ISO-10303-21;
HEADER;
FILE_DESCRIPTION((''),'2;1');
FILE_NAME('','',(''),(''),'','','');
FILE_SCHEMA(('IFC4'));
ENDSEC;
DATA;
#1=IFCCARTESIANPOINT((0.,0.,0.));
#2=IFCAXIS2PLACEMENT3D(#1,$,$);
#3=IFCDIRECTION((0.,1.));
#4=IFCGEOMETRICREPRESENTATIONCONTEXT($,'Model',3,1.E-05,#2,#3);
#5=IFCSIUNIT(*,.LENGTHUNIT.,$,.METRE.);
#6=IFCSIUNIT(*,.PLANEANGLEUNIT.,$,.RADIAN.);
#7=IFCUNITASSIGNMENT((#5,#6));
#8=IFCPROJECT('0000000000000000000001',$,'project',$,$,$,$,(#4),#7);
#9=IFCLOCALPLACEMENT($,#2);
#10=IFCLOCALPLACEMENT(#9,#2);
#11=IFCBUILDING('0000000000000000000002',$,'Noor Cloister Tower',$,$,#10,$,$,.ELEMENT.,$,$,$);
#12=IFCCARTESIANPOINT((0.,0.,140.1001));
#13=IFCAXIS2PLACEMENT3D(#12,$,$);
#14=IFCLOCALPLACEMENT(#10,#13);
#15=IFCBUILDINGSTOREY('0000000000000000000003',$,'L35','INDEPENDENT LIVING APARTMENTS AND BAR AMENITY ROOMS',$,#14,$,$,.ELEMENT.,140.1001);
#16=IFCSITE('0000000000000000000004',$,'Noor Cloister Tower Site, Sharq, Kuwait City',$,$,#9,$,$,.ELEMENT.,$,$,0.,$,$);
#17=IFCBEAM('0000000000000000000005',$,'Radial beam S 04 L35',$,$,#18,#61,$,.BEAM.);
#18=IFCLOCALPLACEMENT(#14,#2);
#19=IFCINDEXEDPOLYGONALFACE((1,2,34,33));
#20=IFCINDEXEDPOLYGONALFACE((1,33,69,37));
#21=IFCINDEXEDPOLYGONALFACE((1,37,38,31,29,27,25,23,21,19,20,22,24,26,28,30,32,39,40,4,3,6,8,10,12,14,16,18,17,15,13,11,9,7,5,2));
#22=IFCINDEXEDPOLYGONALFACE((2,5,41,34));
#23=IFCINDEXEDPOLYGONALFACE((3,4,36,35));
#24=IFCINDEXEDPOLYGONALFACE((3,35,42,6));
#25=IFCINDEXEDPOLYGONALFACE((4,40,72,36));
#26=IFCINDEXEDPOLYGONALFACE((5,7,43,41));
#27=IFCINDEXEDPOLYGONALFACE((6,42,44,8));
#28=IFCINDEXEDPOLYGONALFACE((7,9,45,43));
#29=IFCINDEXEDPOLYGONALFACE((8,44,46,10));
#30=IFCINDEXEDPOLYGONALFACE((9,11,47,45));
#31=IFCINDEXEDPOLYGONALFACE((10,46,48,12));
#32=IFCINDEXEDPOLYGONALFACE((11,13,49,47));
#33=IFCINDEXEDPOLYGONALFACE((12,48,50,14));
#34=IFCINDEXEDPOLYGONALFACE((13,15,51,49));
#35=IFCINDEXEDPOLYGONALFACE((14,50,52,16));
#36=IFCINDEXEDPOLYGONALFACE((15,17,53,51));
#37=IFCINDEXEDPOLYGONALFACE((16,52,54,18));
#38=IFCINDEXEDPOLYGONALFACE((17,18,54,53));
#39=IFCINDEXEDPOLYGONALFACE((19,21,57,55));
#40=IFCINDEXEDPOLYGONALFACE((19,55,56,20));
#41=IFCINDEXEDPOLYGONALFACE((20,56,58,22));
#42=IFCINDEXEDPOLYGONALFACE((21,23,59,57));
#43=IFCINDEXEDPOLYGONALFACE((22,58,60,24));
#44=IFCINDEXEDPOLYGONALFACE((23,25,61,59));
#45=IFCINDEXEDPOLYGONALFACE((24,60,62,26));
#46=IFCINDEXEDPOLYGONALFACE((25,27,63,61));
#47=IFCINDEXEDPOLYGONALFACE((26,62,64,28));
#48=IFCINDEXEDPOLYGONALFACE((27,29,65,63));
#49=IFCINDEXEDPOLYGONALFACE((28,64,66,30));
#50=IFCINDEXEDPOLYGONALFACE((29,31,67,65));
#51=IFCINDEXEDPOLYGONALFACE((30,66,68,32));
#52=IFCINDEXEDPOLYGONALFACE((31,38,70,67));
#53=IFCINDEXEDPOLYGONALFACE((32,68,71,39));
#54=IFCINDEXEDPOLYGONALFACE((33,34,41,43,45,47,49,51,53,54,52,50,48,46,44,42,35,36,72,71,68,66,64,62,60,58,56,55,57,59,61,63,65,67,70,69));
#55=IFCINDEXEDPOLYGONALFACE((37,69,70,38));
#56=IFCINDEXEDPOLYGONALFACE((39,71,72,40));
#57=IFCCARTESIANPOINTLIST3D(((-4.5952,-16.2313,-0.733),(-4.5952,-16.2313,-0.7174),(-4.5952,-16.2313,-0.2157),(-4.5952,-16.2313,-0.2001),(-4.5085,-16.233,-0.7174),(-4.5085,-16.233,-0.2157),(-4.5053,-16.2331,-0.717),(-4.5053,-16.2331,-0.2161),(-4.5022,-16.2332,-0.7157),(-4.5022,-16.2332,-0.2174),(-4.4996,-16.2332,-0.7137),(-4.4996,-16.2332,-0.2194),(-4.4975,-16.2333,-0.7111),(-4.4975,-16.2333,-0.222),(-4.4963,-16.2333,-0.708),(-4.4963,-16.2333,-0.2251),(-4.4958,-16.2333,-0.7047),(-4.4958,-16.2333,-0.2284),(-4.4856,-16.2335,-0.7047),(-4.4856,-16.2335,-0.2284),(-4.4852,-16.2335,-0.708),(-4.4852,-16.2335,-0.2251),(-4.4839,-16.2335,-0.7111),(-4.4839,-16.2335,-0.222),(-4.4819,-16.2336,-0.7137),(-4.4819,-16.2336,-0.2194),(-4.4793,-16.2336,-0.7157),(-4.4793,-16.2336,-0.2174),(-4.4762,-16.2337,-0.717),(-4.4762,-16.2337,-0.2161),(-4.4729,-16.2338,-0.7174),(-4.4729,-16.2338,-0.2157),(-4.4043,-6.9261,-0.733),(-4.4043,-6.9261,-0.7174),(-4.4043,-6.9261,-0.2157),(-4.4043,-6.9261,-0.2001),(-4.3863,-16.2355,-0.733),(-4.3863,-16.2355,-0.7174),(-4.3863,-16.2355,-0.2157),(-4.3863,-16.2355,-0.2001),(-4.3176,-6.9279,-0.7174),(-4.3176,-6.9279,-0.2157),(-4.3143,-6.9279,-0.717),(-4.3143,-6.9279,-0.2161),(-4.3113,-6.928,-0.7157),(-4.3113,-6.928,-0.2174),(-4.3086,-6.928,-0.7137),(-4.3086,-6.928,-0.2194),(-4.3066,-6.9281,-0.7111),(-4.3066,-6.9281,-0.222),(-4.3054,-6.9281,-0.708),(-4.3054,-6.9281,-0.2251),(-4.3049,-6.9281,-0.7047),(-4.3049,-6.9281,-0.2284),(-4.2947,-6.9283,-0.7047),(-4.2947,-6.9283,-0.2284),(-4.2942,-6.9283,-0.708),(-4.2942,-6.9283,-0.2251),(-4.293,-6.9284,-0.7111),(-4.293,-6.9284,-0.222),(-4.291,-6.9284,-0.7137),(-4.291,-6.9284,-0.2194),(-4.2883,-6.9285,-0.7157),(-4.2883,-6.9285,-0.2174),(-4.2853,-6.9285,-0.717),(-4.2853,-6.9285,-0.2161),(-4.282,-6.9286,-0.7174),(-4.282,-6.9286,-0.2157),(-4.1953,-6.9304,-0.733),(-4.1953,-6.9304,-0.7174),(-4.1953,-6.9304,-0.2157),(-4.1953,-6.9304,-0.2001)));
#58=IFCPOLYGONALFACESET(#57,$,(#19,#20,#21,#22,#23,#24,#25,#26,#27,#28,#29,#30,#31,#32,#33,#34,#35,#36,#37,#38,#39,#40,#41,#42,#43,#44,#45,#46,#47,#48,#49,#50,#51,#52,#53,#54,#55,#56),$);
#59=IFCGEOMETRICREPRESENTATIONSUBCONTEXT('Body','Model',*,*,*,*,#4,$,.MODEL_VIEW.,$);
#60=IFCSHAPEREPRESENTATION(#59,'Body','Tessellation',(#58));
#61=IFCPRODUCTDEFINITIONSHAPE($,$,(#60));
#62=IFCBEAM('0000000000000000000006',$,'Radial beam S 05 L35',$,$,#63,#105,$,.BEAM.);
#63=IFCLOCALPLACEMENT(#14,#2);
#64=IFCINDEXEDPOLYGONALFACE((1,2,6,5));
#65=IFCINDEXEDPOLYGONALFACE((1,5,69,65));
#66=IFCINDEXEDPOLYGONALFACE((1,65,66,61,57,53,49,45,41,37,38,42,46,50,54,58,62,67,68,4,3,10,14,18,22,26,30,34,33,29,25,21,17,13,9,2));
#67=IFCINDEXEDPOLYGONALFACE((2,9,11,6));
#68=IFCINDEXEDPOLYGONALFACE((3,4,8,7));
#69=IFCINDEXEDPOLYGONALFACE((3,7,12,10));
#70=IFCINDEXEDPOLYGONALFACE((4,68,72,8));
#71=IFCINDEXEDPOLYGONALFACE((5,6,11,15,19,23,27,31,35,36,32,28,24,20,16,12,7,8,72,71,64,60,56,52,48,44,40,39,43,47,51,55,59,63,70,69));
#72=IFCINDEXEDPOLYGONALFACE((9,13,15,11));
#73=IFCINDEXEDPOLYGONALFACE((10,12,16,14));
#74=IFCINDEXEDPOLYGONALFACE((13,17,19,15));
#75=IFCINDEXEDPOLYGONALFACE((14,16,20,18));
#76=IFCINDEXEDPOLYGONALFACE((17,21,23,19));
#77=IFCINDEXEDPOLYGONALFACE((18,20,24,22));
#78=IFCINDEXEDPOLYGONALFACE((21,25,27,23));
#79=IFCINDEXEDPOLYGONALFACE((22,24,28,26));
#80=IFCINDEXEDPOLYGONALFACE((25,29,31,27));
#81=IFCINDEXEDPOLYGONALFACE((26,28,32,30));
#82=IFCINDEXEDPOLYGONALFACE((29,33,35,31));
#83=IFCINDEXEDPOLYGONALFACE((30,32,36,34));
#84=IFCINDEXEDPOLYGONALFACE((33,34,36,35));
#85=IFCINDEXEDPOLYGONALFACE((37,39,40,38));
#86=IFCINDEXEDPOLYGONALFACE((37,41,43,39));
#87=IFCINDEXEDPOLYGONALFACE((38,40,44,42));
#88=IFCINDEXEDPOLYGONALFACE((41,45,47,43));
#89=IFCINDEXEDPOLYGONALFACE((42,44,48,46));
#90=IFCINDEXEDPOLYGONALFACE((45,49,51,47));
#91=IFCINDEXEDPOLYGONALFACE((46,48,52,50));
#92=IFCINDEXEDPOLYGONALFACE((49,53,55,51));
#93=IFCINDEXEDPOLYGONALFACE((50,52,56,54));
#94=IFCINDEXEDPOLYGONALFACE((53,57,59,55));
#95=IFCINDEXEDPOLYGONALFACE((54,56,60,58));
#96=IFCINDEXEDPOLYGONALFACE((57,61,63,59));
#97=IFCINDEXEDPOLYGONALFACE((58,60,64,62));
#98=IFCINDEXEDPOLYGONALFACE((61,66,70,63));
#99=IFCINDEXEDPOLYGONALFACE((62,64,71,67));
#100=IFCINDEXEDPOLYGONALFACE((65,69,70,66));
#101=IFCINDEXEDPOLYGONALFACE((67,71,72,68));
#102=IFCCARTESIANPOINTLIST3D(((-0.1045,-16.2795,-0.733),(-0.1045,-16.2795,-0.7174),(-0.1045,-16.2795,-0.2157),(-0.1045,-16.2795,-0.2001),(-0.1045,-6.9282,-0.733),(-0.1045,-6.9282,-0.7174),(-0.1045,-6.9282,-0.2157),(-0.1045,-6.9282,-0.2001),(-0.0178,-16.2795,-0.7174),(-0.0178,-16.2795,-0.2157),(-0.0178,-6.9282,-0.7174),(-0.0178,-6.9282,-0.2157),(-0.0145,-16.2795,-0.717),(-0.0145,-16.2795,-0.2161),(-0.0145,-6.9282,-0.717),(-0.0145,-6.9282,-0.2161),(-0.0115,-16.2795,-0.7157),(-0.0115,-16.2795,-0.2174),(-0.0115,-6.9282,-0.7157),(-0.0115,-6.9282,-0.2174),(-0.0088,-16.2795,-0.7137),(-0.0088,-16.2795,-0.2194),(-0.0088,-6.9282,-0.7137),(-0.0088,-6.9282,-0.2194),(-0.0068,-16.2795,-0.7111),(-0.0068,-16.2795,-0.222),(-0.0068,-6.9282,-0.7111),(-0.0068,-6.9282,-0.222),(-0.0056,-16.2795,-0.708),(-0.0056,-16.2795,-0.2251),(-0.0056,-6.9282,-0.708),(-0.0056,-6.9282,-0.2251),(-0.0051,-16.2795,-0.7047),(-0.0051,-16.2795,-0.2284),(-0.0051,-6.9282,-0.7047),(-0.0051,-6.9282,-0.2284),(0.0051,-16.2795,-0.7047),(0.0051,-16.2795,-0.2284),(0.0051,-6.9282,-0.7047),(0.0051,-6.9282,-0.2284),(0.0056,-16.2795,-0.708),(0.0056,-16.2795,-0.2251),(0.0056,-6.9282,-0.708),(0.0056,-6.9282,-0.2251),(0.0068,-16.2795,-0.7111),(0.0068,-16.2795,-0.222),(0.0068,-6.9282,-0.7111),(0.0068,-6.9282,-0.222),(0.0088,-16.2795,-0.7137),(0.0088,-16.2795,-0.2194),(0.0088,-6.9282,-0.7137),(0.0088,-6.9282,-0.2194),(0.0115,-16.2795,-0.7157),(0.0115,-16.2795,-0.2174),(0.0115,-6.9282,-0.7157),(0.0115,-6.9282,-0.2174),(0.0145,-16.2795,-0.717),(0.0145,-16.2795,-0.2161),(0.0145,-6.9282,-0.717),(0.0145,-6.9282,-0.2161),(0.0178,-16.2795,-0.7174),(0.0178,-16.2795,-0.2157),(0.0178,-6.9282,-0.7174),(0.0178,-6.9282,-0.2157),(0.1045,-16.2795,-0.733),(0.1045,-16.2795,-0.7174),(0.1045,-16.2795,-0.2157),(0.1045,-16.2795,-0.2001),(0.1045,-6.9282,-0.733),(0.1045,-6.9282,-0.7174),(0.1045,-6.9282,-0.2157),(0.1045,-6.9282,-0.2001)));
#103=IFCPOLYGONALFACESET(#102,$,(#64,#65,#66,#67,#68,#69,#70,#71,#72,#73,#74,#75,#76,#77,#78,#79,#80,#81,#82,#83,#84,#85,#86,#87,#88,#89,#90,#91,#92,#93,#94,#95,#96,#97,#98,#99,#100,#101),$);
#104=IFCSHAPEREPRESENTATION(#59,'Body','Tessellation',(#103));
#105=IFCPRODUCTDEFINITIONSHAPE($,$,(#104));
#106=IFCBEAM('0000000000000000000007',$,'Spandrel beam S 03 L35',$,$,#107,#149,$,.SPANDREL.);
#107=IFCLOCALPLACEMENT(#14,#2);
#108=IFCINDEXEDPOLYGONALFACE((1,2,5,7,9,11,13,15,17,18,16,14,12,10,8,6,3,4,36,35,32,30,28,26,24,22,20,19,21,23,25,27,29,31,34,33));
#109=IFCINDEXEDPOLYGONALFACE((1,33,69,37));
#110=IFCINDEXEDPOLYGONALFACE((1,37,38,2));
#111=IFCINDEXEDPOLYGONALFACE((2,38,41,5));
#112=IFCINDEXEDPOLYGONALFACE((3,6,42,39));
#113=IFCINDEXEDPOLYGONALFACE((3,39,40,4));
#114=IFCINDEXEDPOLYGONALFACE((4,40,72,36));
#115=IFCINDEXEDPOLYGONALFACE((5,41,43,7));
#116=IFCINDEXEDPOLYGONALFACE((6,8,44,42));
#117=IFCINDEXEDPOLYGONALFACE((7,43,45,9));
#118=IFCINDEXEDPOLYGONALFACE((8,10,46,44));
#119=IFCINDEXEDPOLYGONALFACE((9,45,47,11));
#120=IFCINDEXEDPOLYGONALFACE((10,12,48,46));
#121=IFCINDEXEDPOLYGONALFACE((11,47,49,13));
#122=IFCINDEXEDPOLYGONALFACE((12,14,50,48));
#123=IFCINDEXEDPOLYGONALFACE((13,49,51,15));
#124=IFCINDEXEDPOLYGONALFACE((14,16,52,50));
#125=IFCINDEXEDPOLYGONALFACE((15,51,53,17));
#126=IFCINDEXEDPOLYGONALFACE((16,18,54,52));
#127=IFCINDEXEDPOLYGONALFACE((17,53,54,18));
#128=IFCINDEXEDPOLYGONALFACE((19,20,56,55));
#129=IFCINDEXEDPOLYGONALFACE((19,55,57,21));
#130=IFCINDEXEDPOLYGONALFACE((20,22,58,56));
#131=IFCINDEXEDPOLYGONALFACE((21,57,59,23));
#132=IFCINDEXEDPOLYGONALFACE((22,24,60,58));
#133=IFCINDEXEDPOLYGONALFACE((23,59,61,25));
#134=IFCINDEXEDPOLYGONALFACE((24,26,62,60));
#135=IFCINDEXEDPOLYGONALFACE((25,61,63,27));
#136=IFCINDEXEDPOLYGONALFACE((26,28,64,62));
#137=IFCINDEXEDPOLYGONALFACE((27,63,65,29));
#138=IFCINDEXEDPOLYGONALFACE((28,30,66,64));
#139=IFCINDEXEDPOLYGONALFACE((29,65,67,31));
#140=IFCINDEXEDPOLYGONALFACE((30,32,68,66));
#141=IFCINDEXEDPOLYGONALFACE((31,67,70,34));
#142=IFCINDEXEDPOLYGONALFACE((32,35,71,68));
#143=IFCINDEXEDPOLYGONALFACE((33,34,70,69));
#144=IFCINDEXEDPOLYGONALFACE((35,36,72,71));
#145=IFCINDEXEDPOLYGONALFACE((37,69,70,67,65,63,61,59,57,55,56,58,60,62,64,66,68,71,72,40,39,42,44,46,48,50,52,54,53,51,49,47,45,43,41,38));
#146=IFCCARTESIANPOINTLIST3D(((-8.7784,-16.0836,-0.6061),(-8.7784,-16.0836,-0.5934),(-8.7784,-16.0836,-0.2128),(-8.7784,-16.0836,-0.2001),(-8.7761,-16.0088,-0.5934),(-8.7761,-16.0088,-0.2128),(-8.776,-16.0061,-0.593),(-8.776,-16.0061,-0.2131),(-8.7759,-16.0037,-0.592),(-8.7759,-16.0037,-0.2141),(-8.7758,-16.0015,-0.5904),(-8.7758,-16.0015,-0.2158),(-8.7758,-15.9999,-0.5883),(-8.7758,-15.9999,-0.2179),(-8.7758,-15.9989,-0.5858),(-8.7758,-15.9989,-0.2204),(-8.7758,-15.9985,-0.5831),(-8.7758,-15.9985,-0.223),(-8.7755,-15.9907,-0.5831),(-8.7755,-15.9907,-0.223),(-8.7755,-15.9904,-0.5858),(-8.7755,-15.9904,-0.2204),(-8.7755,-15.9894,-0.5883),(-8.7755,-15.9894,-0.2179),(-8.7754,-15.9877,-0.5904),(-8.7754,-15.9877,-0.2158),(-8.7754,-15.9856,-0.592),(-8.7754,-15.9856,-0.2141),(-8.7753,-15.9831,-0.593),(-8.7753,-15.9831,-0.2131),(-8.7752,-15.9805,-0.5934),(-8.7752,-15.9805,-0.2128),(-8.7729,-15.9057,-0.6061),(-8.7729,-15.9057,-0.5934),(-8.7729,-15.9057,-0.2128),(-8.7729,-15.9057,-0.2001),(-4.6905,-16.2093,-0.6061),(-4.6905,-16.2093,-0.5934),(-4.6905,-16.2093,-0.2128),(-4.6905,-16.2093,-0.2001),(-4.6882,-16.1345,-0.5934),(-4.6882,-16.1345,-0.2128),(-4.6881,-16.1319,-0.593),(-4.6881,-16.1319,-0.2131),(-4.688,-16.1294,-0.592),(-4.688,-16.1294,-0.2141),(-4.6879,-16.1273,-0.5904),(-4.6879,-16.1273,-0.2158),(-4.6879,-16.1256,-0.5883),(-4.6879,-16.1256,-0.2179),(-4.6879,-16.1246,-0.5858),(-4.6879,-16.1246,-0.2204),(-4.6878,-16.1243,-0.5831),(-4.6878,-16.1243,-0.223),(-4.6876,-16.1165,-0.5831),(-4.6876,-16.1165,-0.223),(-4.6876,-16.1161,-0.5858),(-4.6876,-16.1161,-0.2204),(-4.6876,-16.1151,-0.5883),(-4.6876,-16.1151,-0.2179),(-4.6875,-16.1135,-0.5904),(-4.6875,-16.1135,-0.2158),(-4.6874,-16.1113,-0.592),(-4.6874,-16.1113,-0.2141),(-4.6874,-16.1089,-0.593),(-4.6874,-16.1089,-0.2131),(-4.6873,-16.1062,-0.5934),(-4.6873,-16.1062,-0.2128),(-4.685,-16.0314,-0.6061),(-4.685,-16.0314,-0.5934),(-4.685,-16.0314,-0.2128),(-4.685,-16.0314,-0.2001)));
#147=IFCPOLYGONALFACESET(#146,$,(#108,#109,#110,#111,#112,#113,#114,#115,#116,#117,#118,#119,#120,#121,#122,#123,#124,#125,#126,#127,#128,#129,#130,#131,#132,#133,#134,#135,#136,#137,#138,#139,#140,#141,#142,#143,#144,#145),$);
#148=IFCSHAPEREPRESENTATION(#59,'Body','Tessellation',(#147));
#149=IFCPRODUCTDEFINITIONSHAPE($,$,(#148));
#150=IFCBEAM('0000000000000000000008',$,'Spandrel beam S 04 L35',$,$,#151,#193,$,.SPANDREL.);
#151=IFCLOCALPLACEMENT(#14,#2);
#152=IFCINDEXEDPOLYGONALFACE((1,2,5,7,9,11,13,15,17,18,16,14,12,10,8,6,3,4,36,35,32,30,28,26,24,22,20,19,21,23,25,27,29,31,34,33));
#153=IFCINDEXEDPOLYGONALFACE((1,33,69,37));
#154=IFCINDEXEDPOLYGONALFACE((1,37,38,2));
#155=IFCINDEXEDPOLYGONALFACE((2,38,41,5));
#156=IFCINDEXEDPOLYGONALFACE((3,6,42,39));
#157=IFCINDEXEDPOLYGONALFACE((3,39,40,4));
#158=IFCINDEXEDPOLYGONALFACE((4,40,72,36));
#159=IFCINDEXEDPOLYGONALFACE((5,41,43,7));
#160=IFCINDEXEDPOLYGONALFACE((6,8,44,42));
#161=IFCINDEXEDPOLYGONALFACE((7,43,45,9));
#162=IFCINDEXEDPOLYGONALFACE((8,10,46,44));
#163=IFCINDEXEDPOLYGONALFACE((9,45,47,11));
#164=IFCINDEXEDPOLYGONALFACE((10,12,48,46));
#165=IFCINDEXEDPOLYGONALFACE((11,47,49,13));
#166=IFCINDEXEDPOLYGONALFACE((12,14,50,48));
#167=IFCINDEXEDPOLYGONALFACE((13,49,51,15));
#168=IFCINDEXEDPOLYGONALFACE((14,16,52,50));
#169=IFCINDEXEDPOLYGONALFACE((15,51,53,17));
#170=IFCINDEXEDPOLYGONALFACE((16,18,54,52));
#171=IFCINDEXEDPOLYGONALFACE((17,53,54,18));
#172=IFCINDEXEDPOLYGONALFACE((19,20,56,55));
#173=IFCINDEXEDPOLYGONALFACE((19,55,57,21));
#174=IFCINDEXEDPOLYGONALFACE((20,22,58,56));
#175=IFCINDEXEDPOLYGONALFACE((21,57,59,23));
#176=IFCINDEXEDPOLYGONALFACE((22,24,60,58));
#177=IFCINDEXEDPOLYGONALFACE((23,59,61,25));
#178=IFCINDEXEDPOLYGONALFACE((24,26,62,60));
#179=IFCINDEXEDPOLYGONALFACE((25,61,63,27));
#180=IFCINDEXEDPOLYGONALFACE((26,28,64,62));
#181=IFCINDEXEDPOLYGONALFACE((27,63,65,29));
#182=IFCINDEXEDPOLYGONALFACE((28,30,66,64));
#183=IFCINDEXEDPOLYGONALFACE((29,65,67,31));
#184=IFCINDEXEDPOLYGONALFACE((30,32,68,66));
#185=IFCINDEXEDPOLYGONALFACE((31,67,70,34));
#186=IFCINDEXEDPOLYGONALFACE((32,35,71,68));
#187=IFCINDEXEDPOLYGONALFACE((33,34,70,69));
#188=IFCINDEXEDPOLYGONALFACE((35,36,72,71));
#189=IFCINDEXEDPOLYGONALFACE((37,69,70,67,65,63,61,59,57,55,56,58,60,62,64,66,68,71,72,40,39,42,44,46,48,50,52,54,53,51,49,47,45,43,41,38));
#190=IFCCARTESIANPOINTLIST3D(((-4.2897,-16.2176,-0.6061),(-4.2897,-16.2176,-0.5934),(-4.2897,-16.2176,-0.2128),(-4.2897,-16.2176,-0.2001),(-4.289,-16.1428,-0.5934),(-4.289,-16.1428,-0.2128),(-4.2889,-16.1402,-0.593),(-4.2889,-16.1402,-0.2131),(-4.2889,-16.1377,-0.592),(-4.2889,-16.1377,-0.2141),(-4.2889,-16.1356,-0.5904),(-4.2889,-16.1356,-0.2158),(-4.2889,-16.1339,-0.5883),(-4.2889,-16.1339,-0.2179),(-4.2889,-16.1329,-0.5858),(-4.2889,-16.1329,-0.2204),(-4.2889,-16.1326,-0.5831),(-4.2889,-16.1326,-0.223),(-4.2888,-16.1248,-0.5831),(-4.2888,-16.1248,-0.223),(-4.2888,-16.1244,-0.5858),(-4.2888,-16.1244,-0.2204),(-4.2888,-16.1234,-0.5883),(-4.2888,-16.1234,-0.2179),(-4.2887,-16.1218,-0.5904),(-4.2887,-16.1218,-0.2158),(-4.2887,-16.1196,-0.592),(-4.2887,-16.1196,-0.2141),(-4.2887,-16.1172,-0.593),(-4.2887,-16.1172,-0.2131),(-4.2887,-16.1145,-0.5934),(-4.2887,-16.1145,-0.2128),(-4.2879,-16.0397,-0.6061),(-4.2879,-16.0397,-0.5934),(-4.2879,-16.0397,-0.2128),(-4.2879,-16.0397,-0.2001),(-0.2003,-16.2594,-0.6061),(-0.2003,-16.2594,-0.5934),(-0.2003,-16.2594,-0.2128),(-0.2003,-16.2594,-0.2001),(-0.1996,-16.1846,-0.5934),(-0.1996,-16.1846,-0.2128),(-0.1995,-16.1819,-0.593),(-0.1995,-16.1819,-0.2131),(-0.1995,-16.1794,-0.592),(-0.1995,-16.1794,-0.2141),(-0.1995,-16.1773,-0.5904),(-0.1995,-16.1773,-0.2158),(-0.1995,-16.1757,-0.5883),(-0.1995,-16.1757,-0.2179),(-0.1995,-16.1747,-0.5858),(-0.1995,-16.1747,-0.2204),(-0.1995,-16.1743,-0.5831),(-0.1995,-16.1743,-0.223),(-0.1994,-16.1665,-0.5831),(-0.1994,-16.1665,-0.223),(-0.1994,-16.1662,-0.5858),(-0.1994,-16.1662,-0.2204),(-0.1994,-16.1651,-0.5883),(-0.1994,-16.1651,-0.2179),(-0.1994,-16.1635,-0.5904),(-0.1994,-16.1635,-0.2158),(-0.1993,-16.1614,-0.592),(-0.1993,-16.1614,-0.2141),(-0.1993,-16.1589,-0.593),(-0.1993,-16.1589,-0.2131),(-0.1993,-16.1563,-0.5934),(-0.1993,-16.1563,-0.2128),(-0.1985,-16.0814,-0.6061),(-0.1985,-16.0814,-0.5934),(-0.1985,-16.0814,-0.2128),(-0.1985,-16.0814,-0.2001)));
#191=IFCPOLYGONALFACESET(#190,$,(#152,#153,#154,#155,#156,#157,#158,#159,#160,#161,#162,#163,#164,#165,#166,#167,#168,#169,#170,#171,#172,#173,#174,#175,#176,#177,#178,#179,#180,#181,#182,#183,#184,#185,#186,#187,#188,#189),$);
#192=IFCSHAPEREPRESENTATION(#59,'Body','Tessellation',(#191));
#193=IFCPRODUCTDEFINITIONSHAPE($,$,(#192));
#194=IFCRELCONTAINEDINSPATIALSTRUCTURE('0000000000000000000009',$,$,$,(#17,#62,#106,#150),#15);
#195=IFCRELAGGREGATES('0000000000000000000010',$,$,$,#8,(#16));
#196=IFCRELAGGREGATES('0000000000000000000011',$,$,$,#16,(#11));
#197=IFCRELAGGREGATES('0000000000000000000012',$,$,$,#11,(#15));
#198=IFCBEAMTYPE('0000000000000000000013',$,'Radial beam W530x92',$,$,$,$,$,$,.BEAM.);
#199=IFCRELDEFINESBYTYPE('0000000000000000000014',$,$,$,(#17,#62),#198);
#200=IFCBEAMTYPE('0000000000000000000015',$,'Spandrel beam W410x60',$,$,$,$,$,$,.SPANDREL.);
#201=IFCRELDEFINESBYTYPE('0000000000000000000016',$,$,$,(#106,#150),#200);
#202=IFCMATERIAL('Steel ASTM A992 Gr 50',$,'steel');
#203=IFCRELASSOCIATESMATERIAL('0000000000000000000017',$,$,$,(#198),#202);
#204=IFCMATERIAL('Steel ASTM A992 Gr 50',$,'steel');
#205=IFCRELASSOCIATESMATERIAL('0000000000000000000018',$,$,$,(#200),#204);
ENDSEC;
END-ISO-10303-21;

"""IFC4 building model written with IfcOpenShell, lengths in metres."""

from ifc_helpers import new_model, si_unit, direction, frame, origin, origin_2d, place, context, subcontext, project, spatial, i_section, extrude, material, material_profile, profile_set, type_object, element, save


model = new_model("IFC4")

# Units and contexts
model_context = context("Model", 3, precision=1e-05, world=origin(), true_north=direction((0.0, 1.0)))
body_context = subcontext(model_context, "Body", "Model", "MODEL_VIEW")
ifc_project = project(units=[si_unit("LENGTHUNIT", "METRE"), si_unit("PLANEANGLEUNIT", "RADIAN")], contexts=[model_context])

# Site, building, storey
site_placement = place(None, origin())
site = spatial("IfcSite", under=ifc_project, at=site_placement, Name="Noor Cloister Tower Site, Sharq, Kuwait City", CompositionType="ELEMENT", RefElevation=0.0)
building_placement = place(site_placement, origin())
building = spatial("IfcBuilding", under=site, at=building_placement, Name="Noor Cloister Tower", CompositionType="ELEMENT")
storey_placement = place(building_placement, frame((0.0, 0.0, 140.1001)))
storey = spatial("IfcBuildingStorey", under=building, at=storey_placement, Name="L35", Description="INDEPENDENT LIVING APARTMENTS AND BAR AMENITY ROOMS", CompositionType="ELEMENT", Elevation=140.1001)

# Beams
ifc_material_1 = material(Name="Steel ASTM A992 Gr 50", Category="steel")
ifc_material_profile_1 = material_profile(ifc_material_1, i_section(OverallWidth=0.209, OverallDepth=0.533, WebThickness=0.0103, FlangeThickness=0.0156, FilletRadius=0.0127, at=origin_2d()), Name="W530x92")
ifc_profile_set_1 = profile_set([ifc_material_profile_1], Name="Steel ASTM A992 Gr 50")
beam_type_1 = type_object("IfcBeamType", Name="Radial beam W530x92", PredefinedType="BEAM", material=ifc_profile_set_1)
beam_1_placement = place(storey_placement, frame((-4.4907, -16.2334, -0.4666), z_axis=(0.020513, 0.99979, 0.0), x_axis=(-0.99979, 0.020513, 0.0)))
element("IfcBeam", 1, at=beam_1_placement, inside=storey, type_object=beam_type_1, Name="Radial beam S 04 L35", PredefinedType="BEAM", context=body_context, shape_type="SweptSolid", body=[
    extrude(i_section(OverallWidth=0.209, OverallDepth=0.533, WebThickness=0.0103, FlangeThickness=0.0156, FilletRadius=0.0127, at=origin_2d()), origin(), (0.0, 0.0, 1.0), 9.3071),
])
beam_2_placement = place(storey_placement, frame((0.0, -16.2795, -0.4666), z_axis=(0.0, 1.0, 0.0), x_axis=(-1.0, 0.0, 0.0)))
element("IfcBeam", 2, at=beam_2_placement, inside=storey, type_object=beam_type_1, Name="Radial beam S 05 L35", PredefinedType="BEAM", context=body_context, shape_type="SweptSolid", body=[
    extrude(i_section(OverallWidth=0.209, OverallDepth=0.533, WebThickness=0.0103, FlangeThickness=0.0156, FilletRadius=0.0127, at=origin_2d()), origin(), (0.0, 0.0, 1.0), 9.3513),
])
ifc_material_2 = material(Name="Steel ASTM A992 Gr 50", Category="steel")
ifc_material_profile_2 = material_profile(ifc_material_2, i_section(OverallWidth=0.178, OverallDepth=0.406, WebThickness=0.0078, FlangeThickness=0.0127, FilletRadius=0.0103, at=origin_2d()), Name="W410x60")
ifc_profile_set_2 = profile_set([ifc_material_profile_2], Name="Steel ASTM A992 Gr 50")
beam_type_2 = type_object("IfcBeamType", Name="Spandrel beam W410x60", PredefinedType="SPANDREL", material=ifc_profile_set_2)
beam_3_placement = place(storey_placement, frame((-8.7756, -15.9946, -0.4031), z_axis=(0.999527, -0.030743, 0.0), x_axis=(0.030743, 0.999527, 0.0)))
element("IfcBeam", 3, at=beam_3_placement, inside=storey, type_object=beam_type_2, Name="Spandrel beam S 03 L35", PredefinedType="SPANDREL", context=body_context, shape_type="SweptSolid", body=[
    extrude(i_section(OverallWidth=0.178, OverallDepth=0.406, WebThickness=0.0078, FlangeThickness=0.0127, FilletRadius=0.0103, at=origin_2d()), origin(), (0.0, 0.0, 1.0), 4.0898),
])
beam_4_placement = place(storey_placement, frame((-4.2888, -16.1287, -0.4031), z_axis=(0.999948, -0.010208, 0.0), x_axis=(0.010208, 0.999948, 0.0)))
element("IfcBeam", 4, at=beam_4_placement, inside=storey, type_object=beam_type_2, Name="Spandrel beam S 04 L35", PredefinedType="SPANDREL", context=body_context, shape_type="SweptSolid", body=[
    extrude(i_section(OverallWidth=0.178, OverallDepth=0.406, WebThickness=0.0078, FlangeThickness=0.0127, FilletRadius=0.0103, at=origin_2d()), origin(), (0.0, 0.0, 1.0), 4.0896),
])

save(model, "model.ifc")
